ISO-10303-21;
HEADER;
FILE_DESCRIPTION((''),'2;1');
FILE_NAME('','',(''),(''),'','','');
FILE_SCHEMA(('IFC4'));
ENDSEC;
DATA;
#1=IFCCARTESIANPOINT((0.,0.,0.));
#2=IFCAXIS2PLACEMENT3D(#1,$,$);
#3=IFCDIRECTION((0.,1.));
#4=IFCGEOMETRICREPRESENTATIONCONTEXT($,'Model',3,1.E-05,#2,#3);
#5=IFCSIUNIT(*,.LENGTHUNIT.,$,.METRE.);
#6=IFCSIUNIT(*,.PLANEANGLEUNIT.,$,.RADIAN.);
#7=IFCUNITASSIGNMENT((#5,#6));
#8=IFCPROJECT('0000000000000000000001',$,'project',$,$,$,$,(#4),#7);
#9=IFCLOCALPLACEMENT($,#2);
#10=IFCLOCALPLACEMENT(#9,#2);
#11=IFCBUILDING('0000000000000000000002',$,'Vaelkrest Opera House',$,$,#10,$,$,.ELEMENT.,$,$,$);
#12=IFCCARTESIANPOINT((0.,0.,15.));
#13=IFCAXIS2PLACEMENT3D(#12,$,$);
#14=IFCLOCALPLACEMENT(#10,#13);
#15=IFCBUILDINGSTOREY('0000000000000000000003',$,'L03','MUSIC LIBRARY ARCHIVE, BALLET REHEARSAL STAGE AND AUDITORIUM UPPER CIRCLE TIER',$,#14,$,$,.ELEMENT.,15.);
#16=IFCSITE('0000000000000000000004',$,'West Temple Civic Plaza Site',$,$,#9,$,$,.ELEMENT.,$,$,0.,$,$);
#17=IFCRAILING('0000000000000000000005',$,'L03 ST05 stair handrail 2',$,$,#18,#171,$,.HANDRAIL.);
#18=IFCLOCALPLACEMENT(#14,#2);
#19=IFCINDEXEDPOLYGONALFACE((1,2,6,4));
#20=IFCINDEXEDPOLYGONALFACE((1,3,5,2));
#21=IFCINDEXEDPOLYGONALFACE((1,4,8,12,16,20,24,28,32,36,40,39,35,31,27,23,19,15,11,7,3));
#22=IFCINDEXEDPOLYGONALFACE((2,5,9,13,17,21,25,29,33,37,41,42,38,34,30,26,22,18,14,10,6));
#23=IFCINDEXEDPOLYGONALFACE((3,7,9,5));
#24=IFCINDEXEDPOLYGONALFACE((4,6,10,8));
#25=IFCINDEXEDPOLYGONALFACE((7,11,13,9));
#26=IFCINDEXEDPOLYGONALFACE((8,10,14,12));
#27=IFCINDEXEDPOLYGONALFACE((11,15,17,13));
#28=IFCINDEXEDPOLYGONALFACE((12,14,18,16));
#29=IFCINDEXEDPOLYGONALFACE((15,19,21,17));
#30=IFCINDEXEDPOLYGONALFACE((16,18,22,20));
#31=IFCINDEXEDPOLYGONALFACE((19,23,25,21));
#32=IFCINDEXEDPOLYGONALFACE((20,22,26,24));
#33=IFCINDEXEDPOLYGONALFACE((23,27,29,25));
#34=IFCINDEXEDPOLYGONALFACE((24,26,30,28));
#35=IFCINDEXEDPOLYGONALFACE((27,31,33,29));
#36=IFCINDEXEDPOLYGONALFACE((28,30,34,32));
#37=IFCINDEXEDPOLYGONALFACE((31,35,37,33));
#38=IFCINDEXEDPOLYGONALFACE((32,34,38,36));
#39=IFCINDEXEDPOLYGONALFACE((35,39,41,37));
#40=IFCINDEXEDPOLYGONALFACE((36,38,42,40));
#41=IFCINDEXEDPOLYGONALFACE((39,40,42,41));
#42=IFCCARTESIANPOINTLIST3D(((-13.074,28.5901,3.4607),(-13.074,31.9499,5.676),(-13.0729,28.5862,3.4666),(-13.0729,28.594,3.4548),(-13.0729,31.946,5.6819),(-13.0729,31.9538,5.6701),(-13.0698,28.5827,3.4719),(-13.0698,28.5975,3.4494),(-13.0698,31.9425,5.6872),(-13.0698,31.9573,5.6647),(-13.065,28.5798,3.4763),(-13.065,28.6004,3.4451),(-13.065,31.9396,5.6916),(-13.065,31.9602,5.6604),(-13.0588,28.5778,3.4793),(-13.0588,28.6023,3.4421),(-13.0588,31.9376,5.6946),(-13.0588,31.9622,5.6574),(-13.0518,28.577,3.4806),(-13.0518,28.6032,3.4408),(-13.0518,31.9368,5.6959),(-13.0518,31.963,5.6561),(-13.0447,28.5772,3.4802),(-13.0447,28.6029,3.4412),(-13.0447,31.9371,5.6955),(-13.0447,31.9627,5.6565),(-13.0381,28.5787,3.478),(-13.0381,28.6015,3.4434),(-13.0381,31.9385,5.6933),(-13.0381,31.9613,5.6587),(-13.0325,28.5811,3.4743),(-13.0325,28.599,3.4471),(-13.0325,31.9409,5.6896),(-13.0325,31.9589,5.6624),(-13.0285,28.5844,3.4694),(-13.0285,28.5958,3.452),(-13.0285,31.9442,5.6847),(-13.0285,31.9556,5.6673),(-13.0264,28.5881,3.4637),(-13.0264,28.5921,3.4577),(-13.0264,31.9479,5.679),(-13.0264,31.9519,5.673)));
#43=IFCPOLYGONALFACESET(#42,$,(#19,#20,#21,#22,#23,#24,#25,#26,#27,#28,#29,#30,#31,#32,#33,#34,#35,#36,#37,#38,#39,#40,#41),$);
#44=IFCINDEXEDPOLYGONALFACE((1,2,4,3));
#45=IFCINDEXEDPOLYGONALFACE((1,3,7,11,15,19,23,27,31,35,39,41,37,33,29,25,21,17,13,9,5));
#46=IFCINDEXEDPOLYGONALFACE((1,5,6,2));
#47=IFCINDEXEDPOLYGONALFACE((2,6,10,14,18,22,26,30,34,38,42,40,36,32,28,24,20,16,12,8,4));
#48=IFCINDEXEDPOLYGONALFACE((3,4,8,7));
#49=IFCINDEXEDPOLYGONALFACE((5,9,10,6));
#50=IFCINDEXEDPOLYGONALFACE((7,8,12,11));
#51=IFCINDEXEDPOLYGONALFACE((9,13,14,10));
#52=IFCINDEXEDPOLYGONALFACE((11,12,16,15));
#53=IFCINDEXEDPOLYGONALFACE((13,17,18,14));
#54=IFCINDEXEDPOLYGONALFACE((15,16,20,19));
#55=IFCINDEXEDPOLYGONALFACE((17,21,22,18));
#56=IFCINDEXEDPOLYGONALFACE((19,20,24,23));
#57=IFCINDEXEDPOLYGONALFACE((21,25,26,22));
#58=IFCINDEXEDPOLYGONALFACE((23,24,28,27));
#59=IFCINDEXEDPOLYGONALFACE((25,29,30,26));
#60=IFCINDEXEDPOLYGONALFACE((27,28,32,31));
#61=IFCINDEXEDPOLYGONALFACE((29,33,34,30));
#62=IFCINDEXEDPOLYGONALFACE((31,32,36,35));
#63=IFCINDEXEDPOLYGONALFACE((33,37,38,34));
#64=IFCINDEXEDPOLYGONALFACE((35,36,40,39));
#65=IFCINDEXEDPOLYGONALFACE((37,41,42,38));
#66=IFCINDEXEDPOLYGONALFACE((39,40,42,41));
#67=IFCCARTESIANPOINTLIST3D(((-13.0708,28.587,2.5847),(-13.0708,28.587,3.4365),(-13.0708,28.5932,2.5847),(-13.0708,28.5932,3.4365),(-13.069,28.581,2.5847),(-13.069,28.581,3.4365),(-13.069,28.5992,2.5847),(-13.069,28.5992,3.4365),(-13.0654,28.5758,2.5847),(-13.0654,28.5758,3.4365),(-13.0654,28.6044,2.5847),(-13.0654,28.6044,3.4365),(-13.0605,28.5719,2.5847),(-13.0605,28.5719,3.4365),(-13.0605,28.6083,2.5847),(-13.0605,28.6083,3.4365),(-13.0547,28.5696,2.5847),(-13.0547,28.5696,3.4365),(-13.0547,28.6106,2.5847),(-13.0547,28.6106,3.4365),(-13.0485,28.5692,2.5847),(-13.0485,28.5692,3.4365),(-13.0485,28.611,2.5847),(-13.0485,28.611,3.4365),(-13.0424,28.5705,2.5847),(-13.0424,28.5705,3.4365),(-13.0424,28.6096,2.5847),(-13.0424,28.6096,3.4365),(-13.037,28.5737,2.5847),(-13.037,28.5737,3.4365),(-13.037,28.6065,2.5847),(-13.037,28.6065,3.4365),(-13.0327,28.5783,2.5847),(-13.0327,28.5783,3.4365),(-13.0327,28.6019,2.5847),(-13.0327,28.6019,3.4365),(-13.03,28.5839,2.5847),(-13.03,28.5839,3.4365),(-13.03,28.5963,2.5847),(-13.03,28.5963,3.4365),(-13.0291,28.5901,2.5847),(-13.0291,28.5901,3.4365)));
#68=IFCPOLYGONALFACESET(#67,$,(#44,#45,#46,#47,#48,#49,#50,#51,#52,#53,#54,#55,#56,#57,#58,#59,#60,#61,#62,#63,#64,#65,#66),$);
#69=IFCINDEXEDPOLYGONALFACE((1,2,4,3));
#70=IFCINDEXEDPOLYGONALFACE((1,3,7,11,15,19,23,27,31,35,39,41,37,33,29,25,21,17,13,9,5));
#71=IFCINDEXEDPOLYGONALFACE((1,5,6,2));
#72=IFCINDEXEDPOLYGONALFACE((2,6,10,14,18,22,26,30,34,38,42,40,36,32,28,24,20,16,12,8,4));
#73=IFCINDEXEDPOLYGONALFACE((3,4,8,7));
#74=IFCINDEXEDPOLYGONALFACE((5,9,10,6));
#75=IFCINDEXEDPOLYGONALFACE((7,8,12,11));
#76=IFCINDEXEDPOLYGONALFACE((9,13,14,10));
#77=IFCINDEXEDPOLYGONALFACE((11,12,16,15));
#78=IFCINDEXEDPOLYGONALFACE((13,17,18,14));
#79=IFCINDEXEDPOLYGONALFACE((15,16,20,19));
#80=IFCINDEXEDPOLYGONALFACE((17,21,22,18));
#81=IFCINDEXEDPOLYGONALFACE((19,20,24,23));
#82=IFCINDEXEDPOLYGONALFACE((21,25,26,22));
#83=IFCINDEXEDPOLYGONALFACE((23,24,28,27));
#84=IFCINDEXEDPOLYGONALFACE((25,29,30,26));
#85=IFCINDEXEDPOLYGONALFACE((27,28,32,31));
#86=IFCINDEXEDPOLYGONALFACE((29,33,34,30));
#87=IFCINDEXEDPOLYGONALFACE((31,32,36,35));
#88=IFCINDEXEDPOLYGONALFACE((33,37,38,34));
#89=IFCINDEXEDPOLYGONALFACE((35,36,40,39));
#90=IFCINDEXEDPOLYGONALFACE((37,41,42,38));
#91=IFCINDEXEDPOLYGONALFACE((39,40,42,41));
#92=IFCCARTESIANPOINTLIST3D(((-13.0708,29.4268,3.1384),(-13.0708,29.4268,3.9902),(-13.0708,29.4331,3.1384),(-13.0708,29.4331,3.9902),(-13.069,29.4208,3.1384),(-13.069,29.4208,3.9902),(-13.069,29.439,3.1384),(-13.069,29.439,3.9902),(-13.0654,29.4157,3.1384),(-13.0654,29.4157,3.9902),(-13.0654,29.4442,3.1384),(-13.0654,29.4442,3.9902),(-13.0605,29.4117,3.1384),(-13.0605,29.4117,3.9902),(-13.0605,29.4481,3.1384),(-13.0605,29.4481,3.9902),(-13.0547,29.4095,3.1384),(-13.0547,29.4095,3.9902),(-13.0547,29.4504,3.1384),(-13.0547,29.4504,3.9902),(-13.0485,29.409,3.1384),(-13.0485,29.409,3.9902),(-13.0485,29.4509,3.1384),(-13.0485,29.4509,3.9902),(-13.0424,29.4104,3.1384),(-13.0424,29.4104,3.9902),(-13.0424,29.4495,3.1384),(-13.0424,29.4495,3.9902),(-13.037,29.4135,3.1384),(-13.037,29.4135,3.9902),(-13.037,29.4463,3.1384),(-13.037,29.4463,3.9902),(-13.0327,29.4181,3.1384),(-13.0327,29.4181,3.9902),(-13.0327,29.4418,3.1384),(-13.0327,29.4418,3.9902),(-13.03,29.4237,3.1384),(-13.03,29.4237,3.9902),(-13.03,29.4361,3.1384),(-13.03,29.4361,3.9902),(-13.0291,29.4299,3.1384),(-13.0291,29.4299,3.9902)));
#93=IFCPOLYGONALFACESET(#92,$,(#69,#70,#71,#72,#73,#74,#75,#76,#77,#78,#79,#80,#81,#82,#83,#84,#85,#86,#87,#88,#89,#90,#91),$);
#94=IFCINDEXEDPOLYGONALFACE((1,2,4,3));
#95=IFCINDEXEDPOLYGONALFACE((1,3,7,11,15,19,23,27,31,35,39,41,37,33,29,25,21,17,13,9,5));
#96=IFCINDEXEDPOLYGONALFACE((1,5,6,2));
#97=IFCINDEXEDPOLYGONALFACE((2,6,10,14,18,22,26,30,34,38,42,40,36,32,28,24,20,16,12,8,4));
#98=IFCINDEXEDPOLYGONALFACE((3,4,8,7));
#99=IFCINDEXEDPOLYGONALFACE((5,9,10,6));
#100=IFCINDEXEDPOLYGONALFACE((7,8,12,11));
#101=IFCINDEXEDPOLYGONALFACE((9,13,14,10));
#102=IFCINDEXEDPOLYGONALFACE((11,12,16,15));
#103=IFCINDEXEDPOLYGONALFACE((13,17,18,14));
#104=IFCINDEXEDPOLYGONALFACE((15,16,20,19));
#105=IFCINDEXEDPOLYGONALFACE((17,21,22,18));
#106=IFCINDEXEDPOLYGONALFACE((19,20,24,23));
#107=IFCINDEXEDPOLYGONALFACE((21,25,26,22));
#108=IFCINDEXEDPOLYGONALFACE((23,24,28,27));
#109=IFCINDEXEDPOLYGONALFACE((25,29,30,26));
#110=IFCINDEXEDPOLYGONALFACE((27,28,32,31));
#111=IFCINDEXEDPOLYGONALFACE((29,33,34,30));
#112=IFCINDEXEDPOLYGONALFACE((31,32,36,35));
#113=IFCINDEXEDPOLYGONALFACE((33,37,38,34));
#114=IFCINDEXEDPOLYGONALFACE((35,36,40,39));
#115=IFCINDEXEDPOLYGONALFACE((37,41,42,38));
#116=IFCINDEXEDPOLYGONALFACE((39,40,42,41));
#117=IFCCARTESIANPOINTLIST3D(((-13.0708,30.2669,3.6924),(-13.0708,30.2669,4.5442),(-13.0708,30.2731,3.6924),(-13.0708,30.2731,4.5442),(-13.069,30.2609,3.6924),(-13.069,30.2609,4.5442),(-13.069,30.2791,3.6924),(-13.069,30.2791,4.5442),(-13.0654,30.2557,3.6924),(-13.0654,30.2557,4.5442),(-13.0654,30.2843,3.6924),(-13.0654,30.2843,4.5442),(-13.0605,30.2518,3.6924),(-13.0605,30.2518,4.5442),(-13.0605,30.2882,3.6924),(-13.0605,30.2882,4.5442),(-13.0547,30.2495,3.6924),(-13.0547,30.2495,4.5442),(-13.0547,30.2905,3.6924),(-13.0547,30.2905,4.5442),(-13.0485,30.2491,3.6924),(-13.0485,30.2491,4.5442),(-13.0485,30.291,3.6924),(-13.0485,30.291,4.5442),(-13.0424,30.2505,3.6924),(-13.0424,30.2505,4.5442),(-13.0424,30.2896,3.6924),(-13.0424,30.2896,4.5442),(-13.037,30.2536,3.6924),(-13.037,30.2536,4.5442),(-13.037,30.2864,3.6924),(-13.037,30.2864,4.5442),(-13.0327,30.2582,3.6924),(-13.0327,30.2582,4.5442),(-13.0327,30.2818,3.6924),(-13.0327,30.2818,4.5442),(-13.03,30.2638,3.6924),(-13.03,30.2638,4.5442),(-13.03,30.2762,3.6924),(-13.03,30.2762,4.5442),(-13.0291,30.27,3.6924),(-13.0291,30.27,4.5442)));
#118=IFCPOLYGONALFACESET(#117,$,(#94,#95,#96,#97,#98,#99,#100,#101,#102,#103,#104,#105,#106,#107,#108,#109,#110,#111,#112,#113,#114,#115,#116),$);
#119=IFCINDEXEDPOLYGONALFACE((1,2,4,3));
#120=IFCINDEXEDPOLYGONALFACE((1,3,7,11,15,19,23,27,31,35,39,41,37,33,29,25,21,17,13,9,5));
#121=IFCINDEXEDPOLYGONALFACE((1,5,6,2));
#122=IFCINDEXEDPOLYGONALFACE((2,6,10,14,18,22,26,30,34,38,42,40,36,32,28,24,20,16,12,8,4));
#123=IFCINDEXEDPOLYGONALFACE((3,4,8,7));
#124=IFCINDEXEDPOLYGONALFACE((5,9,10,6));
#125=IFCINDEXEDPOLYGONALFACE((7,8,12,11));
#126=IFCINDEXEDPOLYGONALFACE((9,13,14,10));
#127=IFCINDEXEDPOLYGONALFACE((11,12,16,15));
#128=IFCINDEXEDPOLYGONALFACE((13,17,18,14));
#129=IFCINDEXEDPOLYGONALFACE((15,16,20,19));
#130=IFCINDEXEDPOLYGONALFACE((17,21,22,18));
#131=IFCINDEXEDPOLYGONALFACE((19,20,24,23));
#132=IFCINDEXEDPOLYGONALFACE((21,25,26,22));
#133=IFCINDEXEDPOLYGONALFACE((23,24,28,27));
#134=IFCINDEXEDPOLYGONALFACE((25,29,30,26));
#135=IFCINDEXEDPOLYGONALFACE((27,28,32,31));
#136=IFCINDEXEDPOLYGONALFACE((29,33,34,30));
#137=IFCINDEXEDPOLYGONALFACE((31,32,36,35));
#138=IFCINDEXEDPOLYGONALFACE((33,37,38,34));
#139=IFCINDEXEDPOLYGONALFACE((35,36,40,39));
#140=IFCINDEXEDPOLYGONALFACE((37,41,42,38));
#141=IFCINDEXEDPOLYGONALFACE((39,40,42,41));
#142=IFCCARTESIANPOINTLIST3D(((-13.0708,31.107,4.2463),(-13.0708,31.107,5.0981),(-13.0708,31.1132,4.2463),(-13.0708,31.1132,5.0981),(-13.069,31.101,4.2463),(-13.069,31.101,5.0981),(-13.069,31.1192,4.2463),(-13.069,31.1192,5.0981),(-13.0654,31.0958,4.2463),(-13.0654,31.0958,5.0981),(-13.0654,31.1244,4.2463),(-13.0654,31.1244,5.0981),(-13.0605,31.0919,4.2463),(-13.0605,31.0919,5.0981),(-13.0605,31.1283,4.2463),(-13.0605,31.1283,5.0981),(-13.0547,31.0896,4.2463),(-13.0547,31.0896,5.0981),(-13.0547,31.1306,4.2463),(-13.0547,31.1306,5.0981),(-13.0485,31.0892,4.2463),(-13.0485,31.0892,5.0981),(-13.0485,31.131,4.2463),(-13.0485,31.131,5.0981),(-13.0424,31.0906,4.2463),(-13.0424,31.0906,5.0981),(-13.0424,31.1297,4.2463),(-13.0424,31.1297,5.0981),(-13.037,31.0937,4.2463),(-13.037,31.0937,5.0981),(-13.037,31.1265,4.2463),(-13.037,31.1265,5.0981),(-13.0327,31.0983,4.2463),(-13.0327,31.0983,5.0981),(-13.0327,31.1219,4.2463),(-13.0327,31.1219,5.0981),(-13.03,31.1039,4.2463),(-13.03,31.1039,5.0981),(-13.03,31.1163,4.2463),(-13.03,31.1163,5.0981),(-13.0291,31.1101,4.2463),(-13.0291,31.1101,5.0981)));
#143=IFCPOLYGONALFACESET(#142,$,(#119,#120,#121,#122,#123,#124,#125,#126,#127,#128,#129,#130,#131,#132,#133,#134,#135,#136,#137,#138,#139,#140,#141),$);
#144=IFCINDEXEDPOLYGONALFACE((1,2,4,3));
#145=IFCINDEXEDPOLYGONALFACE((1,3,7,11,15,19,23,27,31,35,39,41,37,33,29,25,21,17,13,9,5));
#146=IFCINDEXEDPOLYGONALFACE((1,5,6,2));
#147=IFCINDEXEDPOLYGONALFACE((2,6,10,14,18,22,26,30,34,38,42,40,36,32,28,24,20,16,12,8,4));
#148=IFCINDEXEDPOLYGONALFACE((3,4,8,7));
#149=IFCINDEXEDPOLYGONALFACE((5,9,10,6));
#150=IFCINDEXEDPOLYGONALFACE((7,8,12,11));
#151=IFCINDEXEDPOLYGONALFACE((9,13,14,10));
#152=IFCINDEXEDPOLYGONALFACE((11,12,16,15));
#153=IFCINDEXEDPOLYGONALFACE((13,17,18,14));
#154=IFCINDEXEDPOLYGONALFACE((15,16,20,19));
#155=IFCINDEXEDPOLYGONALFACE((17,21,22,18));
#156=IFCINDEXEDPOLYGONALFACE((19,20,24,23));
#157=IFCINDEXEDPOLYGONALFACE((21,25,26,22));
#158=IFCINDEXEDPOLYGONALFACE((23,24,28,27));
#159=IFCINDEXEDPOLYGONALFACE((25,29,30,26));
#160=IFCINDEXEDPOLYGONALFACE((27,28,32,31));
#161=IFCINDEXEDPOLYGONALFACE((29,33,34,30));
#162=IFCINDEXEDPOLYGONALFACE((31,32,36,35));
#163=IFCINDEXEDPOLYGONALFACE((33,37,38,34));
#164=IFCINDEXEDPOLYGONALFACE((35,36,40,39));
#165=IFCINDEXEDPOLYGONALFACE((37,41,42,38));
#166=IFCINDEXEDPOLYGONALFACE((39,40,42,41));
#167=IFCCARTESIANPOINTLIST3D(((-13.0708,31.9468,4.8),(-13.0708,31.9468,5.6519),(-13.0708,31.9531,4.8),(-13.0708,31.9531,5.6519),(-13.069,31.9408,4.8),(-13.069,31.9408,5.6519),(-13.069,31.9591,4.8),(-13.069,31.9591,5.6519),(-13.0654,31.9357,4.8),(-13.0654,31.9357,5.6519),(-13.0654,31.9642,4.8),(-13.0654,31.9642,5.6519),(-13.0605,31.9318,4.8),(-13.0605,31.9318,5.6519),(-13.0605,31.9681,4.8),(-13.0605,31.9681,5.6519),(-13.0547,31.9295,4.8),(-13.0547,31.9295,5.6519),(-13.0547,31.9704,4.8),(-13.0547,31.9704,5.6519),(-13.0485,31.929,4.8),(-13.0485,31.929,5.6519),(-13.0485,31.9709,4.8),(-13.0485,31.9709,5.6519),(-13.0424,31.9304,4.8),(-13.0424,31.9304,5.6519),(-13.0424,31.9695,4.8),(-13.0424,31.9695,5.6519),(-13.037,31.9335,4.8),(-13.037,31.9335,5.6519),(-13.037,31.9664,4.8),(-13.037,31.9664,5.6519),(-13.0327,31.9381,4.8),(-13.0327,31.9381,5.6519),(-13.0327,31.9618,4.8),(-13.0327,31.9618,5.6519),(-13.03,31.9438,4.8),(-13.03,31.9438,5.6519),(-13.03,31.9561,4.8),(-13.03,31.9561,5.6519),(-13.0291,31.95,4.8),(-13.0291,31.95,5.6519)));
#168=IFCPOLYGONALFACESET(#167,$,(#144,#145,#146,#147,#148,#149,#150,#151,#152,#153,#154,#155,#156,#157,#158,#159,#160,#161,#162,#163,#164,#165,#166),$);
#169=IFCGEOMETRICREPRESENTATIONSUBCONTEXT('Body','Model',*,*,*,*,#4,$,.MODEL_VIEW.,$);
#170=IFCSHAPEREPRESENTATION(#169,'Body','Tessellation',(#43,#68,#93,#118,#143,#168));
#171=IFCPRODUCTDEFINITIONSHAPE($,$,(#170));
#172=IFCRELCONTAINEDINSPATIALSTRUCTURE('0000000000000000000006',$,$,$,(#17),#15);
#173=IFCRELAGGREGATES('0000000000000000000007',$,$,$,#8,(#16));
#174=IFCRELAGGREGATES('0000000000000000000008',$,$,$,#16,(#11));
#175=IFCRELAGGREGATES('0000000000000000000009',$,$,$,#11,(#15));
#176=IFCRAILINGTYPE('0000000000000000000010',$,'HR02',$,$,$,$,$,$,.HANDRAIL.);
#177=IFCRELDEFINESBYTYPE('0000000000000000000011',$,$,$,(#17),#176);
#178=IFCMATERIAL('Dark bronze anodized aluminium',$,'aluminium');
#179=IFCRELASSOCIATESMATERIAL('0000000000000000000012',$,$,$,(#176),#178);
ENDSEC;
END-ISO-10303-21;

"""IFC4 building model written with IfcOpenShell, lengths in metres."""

from ifc_helpers import new_model, si_unit, direction, frame, origin, origin_2d, place, context, subcontext, project, spatial, circle, extrude, material, type_object, element, save


model = new_model("IFC4")

# Units and contexts
model_context = context("Model", 3, precision=1e-05, world=origin(), true_north=direction((0.0, 1.0)))
body_context = subcontext(model_context, "Body", "Model", "MODEL_VIEW")
ifc_project = project(units=[si_unit("LENGTHUNIT", "METRE"), si_unit("PLANEANGLEUNIT", "RADIAN")], contexts=[model_context])

# Site, building, storey
site_placement = place(None, origin())
site = spatial("IfcSite", under=ifc_project, at=site_placement, Name="West Temple Civic Plaza Site", CompositionType="ELEMENT", RefElevation=0.0)
building_placement = place(site_placement, origin())
building = spatial("IfcBuilding", under=site, at=building_placement, Name="Vaelkrest Opera House", CompositionType="ELEMENT")
storey_placement = place(building_placement, frame((0.0, 0.0, 15.0)))
storey = spatial("IfcBuildingStorey", under=building, at=storey_placement, Name="L03", Description="MUSIC LIBRARY ARCHIVE, BALLET REHEARSAL STAGE AND AUDITORIUM UPPER CIRCLE TIER", CompositionType="ELEMENT", Elevation=15.0)

# Railing
ifc_material_1 = material(Name="Dark bronze anodized aluminium", Category="aluminium")
railing_type_1 = type_object("IfcRailingType", Name="HR02", PredefinedType="HANDRAIL", material=ifc_material_1)
railing_1_placement = place(storey_placement, frame((-13.05, 28.5901, 2.5847)))
element("IfcRailing", 1, at=railing_1_placement, inside=storey, type_object=railing_type_1, Name="L03 ST05 stair handrail 2", PredefinedType="HANDRAIL", context=body_context, shape_type="SweptSolid", body=[
    extrude(circle(Radius=0.0239, at=origin_2d()), frame((0.0, 0.0, 0.876), z_axis=(0.0, 0.834858, 0.550465), x_axis=(-1.0, 0.0, 0.0)), (0.0, 0.0, 1.0), 4.0244),
    extrude(circle(Radius=0.021, at=origin_2d()), origin(), (0.0, 0.0, 1.0), 0.8518),
    extrude(circle(Radius=0.021, at=origin_2d()), frame((0.0, 0.8398, 0.5537)), (0.0, 0.0, 1.0), 0.8518),
    extrude(circle(Radius=0.021, at=origin_2d()), frame((0.0, 1.6799, 1.1077)), (0.0, 0.0, 1.0), 0.8518),
    extrude(circle(Radius=0.021, at=origin_2d()), frame((0.0, 2.52, 1.6616)), (0.0, 0.0, 1.0), 0.8518),
    extrude(circle(Radius=0.021, at=origin_2d()), frame((0.0, 3.3599, 2.2153)), (0.0, 0.0, 1.0), 0.8518),
])

save(model, "model.ifc")
